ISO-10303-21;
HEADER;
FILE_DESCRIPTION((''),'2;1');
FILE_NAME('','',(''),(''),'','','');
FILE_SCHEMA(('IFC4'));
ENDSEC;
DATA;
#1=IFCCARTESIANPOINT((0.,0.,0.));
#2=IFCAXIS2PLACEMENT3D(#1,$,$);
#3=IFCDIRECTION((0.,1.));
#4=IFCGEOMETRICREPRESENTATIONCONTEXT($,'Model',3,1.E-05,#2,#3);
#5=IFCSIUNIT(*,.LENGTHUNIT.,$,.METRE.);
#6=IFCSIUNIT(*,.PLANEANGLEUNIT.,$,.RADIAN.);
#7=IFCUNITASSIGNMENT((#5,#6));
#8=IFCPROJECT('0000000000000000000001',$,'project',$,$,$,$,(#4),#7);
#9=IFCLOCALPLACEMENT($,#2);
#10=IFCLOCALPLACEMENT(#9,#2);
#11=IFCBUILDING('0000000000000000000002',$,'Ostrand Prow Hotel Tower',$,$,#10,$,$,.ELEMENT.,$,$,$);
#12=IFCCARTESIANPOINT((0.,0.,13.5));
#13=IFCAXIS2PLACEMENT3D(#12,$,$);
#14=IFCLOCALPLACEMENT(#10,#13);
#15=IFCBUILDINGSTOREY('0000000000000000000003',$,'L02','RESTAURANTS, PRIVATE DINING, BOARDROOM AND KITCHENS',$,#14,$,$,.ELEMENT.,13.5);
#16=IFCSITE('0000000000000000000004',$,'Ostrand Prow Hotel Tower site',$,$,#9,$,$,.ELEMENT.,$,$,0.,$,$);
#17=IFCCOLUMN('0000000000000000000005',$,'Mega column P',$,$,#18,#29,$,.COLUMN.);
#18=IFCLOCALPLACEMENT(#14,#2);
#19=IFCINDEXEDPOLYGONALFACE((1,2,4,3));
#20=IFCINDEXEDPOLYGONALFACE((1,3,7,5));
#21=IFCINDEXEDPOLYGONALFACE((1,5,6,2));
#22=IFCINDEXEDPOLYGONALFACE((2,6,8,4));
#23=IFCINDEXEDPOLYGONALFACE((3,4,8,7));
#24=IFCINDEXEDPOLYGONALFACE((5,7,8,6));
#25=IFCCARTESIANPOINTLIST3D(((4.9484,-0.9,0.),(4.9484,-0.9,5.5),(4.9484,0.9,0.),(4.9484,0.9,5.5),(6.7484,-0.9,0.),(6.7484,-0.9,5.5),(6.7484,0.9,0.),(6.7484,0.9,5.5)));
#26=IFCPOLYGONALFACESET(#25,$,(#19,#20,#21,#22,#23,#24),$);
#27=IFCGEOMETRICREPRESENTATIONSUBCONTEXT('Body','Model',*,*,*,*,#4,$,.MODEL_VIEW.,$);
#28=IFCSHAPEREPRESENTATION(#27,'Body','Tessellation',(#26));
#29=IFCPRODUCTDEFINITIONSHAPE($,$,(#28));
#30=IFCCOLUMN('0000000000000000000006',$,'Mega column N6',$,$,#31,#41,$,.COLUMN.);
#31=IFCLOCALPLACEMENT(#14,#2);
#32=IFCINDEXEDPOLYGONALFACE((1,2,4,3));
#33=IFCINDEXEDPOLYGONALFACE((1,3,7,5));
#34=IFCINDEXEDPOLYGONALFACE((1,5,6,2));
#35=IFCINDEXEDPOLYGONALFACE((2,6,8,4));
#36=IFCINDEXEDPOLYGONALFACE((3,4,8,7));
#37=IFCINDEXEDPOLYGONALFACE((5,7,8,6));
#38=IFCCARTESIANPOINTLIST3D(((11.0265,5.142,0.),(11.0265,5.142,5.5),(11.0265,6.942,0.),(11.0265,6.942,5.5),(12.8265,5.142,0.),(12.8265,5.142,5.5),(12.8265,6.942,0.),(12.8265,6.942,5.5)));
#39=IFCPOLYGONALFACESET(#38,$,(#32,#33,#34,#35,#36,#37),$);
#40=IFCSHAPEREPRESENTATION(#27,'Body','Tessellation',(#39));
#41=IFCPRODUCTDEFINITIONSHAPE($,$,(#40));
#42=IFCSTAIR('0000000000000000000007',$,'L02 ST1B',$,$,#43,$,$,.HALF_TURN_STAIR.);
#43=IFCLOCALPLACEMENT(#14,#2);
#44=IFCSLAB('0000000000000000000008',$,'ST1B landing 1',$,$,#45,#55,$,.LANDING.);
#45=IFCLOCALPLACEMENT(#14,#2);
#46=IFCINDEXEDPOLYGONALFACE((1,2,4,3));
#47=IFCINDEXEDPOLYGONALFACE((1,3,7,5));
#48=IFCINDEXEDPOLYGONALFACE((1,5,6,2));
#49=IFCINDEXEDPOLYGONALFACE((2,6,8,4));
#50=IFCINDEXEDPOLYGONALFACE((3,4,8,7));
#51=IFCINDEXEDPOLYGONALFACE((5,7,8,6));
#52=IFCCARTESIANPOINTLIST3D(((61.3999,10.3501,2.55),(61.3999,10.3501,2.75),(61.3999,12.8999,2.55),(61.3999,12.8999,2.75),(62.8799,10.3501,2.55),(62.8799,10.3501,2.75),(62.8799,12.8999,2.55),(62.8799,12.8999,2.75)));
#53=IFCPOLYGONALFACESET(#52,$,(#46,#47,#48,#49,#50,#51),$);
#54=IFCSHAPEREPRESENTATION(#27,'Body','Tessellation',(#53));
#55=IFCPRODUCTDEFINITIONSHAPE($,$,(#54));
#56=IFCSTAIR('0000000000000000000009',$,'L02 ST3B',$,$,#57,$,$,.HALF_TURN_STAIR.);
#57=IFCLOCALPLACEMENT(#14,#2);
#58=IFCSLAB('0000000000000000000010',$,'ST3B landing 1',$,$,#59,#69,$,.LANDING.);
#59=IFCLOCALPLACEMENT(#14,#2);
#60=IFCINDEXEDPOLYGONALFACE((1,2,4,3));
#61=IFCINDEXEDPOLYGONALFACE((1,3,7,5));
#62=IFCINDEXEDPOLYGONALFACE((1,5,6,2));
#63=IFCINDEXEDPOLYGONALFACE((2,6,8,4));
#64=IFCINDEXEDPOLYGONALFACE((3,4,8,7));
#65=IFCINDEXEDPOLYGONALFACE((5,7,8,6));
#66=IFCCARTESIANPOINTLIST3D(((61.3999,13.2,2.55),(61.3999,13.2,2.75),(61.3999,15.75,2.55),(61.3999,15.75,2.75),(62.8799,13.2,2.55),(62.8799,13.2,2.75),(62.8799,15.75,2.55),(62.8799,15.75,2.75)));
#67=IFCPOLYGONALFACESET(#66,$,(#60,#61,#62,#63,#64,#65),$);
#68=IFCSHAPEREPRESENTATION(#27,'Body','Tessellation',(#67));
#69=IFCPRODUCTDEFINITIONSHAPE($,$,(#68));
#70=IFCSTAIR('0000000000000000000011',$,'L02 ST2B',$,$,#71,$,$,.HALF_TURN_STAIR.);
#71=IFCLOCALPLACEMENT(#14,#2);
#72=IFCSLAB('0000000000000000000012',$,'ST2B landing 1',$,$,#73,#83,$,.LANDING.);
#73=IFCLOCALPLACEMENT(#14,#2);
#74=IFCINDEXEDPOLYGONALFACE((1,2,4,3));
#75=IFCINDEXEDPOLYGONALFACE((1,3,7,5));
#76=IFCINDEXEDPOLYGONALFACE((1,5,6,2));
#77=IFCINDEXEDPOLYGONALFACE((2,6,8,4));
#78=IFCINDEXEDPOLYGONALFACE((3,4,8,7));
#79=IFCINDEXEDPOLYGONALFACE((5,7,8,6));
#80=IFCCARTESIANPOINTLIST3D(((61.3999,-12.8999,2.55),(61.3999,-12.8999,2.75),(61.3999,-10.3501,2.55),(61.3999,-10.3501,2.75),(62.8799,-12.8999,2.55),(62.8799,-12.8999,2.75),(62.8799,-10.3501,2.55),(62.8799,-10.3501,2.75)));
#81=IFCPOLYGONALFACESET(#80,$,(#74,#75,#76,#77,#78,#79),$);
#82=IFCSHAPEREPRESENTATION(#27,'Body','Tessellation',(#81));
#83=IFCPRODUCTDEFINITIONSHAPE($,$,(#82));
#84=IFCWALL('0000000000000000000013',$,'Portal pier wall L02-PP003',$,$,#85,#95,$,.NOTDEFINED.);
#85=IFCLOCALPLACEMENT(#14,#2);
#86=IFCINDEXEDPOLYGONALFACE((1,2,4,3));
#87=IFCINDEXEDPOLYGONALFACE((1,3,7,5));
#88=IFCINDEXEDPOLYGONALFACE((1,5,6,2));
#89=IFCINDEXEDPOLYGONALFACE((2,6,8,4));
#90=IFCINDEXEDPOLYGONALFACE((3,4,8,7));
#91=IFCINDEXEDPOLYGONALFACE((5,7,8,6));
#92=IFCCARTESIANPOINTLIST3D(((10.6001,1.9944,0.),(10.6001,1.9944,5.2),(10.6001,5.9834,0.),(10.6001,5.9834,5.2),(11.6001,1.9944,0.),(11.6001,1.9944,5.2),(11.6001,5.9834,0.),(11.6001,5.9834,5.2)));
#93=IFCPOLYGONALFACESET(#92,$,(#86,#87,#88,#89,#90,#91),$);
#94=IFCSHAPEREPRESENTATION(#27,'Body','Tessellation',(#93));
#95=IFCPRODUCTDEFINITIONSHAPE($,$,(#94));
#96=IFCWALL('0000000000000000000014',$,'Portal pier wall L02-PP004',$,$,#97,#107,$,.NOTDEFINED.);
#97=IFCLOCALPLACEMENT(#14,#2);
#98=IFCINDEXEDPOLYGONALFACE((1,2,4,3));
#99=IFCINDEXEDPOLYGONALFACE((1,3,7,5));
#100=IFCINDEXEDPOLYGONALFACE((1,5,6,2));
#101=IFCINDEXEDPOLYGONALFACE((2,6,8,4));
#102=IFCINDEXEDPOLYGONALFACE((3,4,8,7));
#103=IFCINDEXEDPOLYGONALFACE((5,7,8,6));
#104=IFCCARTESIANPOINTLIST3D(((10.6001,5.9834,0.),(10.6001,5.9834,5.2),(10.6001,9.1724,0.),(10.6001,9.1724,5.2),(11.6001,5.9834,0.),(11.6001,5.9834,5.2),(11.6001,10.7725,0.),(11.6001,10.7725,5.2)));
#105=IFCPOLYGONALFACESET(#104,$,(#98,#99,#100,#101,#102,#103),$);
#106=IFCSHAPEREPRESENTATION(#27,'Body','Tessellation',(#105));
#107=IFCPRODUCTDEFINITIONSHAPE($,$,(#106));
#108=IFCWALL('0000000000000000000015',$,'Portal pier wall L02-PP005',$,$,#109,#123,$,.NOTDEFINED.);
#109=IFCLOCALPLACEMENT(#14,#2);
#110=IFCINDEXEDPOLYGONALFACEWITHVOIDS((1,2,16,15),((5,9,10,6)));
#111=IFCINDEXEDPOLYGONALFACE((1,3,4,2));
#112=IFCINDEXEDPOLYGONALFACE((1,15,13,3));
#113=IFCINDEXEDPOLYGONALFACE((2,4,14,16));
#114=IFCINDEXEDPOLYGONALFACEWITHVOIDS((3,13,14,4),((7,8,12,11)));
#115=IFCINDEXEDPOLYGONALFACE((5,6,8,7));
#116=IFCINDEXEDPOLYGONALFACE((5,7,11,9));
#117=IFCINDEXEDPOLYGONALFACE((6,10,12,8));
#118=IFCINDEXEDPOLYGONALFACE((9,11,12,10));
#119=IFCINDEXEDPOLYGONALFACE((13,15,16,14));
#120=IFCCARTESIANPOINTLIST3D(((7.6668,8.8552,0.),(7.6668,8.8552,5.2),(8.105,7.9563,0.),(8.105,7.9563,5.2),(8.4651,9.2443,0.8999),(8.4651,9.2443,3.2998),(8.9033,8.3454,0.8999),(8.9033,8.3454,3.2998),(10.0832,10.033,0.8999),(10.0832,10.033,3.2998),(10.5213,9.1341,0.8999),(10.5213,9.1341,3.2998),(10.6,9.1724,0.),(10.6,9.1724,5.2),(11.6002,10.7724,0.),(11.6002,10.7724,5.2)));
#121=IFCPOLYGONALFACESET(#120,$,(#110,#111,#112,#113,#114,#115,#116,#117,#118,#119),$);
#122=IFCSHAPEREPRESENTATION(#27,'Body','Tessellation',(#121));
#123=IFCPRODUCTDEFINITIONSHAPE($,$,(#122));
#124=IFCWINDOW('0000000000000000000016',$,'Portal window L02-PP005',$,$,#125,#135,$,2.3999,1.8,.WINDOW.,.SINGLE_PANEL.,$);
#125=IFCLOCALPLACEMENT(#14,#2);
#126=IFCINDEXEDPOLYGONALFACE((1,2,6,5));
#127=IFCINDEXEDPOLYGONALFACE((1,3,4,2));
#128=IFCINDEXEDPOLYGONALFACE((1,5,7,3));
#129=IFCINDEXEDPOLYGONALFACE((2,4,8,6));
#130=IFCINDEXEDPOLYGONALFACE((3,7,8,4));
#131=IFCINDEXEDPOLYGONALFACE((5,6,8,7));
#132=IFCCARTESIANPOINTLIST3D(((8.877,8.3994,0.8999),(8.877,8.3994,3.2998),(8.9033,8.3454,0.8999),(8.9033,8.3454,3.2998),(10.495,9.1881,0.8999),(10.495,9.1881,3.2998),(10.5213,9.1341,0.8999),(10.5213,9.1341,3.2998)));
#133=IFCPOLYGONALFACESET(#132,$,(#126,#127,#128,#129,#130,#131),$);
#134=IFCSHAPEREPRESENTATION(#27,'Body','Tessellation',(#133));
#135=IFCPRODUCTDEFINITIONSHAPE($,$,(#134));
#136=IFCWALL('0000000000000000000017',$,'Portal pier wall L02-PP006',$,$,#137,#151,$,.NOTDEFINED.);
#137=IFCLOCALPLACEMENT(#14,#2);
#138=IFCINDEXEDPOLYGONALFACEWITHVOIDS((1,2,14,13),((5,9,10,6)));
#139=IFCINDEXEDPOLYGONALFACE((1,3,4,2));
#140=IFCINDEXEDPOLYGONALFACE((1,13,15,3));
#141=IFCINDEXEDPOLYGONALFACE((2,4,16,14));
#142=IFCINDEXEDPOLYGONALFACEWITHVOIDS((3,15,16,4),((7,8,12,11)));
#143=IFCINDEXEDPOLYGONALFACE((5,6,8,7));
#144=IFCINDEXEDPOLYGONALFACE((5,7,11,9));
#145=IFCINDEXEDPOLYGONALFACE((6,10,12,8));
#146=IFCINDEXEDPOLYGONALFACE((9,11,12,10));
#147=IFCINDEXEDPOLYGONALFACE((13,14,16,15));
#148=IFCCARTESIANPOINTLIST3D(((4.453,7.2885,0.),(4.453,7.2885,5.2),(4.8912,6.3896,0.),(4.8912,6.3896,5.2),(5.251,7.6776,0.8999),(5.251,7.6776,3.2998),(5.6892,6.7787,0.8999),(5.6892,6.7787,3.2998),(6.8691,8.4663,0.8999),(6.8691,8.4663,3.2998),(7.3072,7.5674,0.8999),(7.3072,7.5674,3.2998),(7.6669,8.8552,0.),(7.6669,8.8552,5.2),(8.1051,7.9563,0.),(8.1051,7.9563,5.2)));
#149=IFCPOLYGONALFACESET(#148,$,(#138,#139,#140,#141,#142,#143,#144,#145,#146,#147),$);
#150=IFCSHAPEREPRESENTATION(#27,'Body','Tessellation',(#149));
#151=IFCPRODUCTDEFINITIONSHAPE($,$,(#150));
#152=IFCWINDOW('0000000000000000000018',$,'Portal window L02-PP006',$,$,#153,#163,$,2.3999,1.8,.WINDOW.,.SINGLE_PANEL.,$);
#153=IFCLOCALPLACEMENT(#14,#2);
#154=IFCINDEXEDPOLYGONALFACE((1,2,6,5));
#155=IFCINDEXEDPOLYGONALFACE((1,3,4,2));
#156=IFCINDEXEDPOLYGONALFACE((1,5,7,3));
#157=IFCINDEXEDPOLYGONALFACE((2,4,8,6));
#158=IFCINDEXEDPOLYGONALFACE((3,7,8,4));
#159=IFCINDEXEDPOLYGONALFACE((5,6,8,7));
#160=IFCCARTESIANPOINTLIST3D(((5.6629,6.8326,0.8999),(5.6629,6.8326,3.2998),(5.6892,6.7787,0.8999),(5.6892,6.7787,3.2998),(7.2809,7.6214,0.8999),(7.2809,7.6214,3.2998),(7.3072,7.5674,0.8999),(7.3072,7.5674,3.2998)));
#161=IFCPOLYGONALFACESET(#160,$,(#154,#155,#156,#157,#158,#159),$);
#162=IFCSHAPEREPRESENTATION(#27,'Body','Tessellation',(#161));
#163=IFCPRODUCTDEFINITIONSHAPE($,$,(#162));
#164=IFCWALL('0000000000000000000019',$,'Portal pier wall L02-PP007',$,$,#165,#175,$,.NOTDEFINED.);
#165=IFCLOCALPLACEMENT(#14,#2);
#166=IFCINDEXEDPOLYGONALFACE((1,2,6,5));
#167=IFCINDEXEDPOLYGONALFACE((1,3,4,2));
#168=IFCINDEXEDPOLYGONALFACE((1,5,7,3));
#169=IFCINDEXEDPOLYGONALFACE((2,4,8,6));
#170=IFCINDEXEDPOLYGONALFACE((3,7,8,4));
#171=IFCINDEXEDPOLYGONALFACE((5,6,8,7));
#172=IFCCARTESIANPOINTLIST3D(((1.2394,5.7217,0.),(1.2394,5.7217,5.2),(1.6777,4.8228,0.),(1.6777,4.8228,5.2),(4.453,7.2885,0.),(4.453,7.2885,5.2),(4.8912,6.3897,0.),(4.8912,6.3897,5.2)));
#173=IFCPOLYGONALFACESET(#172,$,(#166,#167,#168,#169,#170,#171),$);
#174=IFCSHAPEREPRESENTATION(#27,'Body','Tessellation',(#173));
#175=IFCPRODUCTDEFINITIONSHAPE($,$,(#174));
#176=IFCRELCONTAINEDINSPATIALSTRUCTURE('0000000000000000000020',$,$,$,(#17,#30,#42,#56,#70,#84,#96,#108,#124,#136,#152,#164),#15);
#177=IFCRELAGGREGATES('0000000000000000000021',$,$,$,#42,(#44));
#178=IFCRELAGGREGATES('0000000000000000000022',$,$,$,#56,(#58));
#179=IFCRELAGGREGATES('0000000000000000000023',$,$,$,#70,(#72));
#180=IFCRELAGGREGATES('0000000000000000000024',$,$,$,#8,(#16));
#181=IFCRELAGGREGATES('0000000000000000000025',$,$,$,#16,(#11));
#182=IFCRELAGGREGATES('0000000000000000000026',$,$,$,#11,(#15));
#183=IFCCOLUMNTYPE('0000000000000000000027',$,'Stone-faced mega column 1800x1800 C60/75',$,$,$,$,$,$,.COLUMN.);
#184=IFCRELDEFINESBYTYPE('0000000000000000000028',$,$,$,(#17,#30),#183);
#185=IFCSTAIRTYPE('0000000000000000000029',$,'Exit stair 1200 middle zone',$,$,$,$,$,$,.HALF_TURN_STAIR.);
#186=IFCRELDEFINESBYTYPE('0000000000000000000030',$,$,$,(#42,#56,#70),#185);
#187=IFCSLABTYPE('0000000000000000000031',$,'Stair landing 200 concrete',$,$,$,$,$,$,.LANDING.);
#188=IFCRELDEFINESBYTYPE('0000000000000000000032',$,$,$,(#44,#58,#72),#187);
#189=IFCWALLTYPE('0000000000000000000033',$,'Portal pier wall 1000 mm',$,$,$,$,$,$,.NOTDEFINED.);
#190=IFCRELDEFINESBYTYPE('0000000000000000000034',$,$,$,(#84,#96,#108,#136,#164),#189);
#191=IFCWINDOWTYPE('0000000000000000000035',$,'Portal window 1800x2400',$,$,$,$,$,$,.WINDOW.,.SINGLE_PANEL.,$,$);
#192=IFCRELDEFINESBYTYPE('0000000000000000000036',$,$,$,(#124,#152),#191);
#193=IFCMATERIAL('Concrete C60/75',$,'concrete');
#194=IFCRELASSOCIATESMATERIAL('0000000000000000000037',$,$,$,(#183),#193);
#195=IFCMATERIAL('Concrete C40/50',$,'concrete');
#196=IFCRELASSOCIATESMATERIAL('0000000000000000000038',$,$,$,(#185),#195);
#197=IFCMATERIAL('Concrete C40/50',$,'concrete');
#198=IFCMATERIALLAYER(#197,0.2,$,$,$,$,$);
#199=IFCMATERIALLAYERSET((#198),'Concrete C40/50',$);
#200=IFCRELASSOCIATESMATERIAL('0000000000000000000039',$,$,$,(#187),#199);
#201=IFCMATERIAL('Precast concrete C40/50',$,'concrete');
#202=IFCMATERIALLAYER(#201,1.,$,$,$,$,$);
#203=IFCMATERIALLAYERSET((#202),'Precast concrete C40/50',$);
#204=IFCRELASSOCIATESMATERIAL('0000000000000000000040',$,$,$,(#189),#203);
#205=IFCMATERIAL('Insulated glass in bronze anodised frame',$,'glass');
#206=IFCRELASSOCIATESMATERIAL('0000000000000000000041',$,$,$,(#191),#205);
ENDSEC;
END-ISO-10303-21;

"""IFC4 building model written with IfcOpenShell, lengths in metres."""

from ifc_helpers import new_model, si_unit, direction, frame, frame_2d, origin, origin_2d, place, context, subcontext, project, spatial, polyline, rectangle, outline, extrude, material, layer, layer_set, material_profile, profile_set, type_object, element, fill, aggregate, save


model = new_model("IFC4")

# Units and contexts
model_context = context("Model", 3, precision=1e-05, world=origin(), true_north=direction((0.0, 1.0)))
body_context = subcontext(model_context, "Body", "Model", "MODEL_VIEW")
ifc_project = project(units=[si_unit("LENGTHUNIT", "METRE"), si_unit("PLANEANGLEUNIT", "RADIAN")], contexts=[model_context])

# Site, building, storey
site_placement = place(None, origin())
site = spatial("IfcSite", under=ifc_project, at=site_placement, Name="Ostrand Prow Hotel Tower site", CompositionType="ELEMENT", RefElevation=0.0)
building_placement = place(site_placement, origin())
building = spatial("IfcBuilding", under=site, at=building_placement, Name="Ostrand Prow Hotel Tower", CompositionType="ELEMENT")
storey_placement = place(building_placement, frame((0.0, 0.0, 13.5)))
storey = spatial("IfcBuildingStorey", under=building, at=storey_placement, Name="L02", Description="RESTAURANTS, PRIVATE DINING, BOARDROOM AND KITCHENS", CompositionType="ELEMENT", Elevation=13.5)

# Columns
ifc_material_1 = material(Name="Concrete C60/75", Category="concrete")
ifc_material_profile = material_profile(ifc_material_1, rectangle(XDim=1.8, YDim=1.8, at=origin_2d()), Name="RC 1800x1800")
ifc_profile_set = profile_set([ifc_material_profile], Name="Concrete C60/75")
column_type = type_object("IfcColumnType", Name="Stone-faced mega column 1800x1800 C60/75", PredefinedType="COLUMN", material=ifc_profile_set)
for number, where, z_axis, x_axis, name in (
    (1, (5.8484, 0.0, 0.0), (0.0, 0.0, 1.0), (1.0, 0.0, 0.0), "Mega column P"),
    (2, (11.9265, 6.042, 0.0), (0.0, 0.0, 1.0), (1.0, 0.0, 0.0), "Mega column N6"),
):
    element("IfcColumn", number, at=place(storey_placement, frame(where, z_axis=z_axis, x_axis=x_axis)), inside=storey, type_object=column_type, Name=name, PredefinedType="COLUMN", context=body_context, shape_type="SweptSolid", body=[
        extrude(rectangle(XDim=1.8, YDim=1.8, at=origin_2d()), origin(), (0.0, 0.0, 1.0), 5.5),
    ])

# Stairs, slabs
ifc_material_2 = material(Name="Concrete C40/50", Category="concrete")
stair_type = type_object("IfcStairType", Name="Exit stair 1200 middle zone", PredefinedType="HALF_TURN_STAIR", material=ifc_material_2)
stair_1_placement = place(storey_placement, origin())
stair_1 = element("IfcStair", 3, at=stair_1_placement, inside=storey, type_object=stair_type, Name="L02 ST1B", PredefinedType="HALF_TURN_STAIR")
ifc_material_3 = material(Name="Concrete C40/50", Category="concrete")
ifc_layer_1 = layer(ifc_material_3, 0.2)
ifc_layer_set_1 = layer_set([ifc_layer_1], Name="Concrete C40/50")
slab_type = type_object("IfcSlabType", Name="Stair landing 200 concrete", PredefinedType="LANDING", material=ifc_layer_set_1)
slab_1_placement = place(storey_placement, frame((0.0, 0.0, 2.55)))
slab_1 = element("IfcSlab", 4, at=slab_1_placement, type_object=slab_type, Name="ST1B landing 1", PredefinedType="LANDING", context=body_context, shape_type="SweptSolid", body=[
    extrude(outline(polyline([(61.3999, 10.3501), (62.8799, 10.3501), (62.8799, 12.8999), (61.3999, 12.8999), (61.3999, 10.3501)])), origin(), (0.0, 0.0, 1.0), 0.2),
])
aggregate(stair_1, [slab_1])
stair_2_placement = place(storey_placement, origin())
stair_2 = element("IfcStair", 5, at=stair_2_placement, inside=storey, type_object=stair_type, Name="L02 ST3B", PredefinedType="HALF_TURN_STAIR")
slab_2_placement = place(storey_placement, frame((0.0, 0.0, 2.55)))
slab_2 = element("IfcSlab", 6, at=slab_2_placement, type_object=slab_type, Name="ST3B landing 1", PredefinedType="LANDING", context=body_context, shape_type="SweptSolid", body=[
    extrude(outline(polyline([(61.3999, 13.2), (62.8799, 13.2), (62.8799, 15.75), (61.3999, 15.75), (61.3999, 13.2)])), origin(), (0.0, 0.0, 1.0), 0.2),
])
aggregate(stair_2, [slab_2])
stair_3_placement = place(storey_placement, origin())
stair_3 = element("IfcStair", 7, at=stair_3_placement, inside=storey, type_object=stair_type, Name="L02 ST2B", PredefinedType="HALF_TURN_STAIR")
slab_3_placement = place(storey_placement, frame((0.0, 0.0, 2.55)))
slab_3 = element("IfcSlab", 8, at=slab_3_placement, type_object=slab_type, Name="ST2B landing 1", PredefinedType="LANDING", context=body_context, shape_type="SweptSolid", body=[
    extrude(outline(polyline([(61.3999, -12.8999), (62.8799, -12.8999), (62.8799, -10.3501), (61.3999, -10.3501), (61.3999, -12.8999)])), origin(), (0.0, 0.0, 1.0), 0.2),
])
aggregate(stair_3, [slab_3])

# Walls
ifc_material_4 = material(Name="Precast concrete C40/50", Category="concrete")
ifc_layer_2 = layer(ifc_material_4, 1.0)
ifc_layer_set_2 = layer_set([ifc_layer_2], Name="Precast concrete C40/50")
wall_type = type_object("IfcWallType", Name="Portal pier wall 1000 mm", PredefinedType="NOTDEFINED", material=ifc_layer_set_2)
wall_1_placement = place(storey_placement, frame((11.1001, 1.9944, 0.0), z_axis=(0.0, 0.0, 1.0), x_axis=(0.0, 1.0, 0.0)))
element("IfcWall", 9, at=wall_1_placement, inside=storey, type_object=wall_type, Name="Portal pier wall L02-PP003", PredefinedType="NOTDEFINED", context=body_context, shape_type="SweptSolid", body=[
    extrude(outline(polyline([(0.0, -0.5), (3.989, -0.5), (3.989, 0.5), (0.0, 0.5), (0.0, -0.5)])), origin(), (0.0, 0.0, 1.0), 5.2),
])
wall_2_placement = place(storey_placement, frame((11.1001, 5.9834, 0.0), z_axis=(0.0, 0.0, 1.0), x_axis=(0.0, 1.0, 0.0)))
element("IfcWall", 10, at=wall_2_placement, inside=storey, type_object=wall_type, Name="Portal pier wall L02-PP004", PredefinedType="NOTDEFINED", context=body_context, shape_type="SweptSolid", body=[
    extrude(outline(polyline([(0.0, -0.5), (4.7891, -0.5), (3.189, 0.5), (0.0, 0.5), (0.0, -0.5)])), origin(), (0.0, 0.0, 1.0), 5.2),
])

# Walls, openings, windows
wall_3_placement = place(storey_placement, frame((11.1001, 9.9724, 0.0), z_axis=(0.0, 0.0, 1.0), x_axis=(-0.898902, -0.438151, 0.0)))
wall_3 = element("IfcWall", 11, at=wall_3_placement, inside=storey, type_object=wall_type, Name="Portal pier wall L02-PP005", PredefinedType="NOTDEFINED", context=body_context, shape_type="SweptSolid", body=[
    extrude(outline(polyline([(-0.8, -0.5), (3.5757, -0.5), (3.5757, 0.5), (0.8, 0.5), (-0.8, -0.5)])), origin(), (0.0, 0.0, 1.0), 5.2),
])
opening_1_placement = place(wall_3_placement, frame((0.8877, 0.0, 0.8999)))
opening_1 = element("IfcOpeningElement", 12, at=opening_1_placement, cuts=wall_3, PredefinedType="OPENING", context=body_context, shape_type="SweptSolid", body=[
    extrude(rectangle(XDim=1.8, YDim=2.3999, at=frame_2d((0.8999, 1.2))), frame((0.0, 0.51, 0.0), z_axis=(0.0, -1.0, 0.0), x_axis=(1.0, 0.0, 0.0)), (0.0, 0.0, 1.0), 1.02),
])
ifc_material_5 = material(Name="Insulated glass in bronze anodised frame", Category="glass")
window_type = type_object("IfcWindowType", Name="Portal window 1800x2400", PartitioningType="SINGLE_PANEL", PredefinedType="WINDOW", material=ifc_material_5)
window_1_placement = place(opening_1_placement, origin())
window_1 = element("IfcWindow", 13, at=window_1_placement, inside=storey, type_object=window_type, Name="Portal window L02-PP005", OverallHeight=2.3999, OverallWidth=1.8, PartitioningType="SINGLE_PANEL", PredefinedType="WINDOW", context=body_context, shape_type="SweptSolid", body=[
    extrude(rectangle(XDim=1.8, YDim=2.3999, at=frame_2d((0.8999, 1.2))), frame((0.0, 0.5, 0.0), z_axis=(0.0, -1.0, 0.0), x_axis=(1.0, 0.0, 0.0)), (0.0, 0.0, 1.0), 0.0601),
])
fill(opening_1, window_1)
wall_4_placement = place(storey_placement, frame((7.886, 8.4058, 0.0), z_axis=(0.0, 0.0, 1.0), x_axis=(-0.898889, -0.438177, 0.0)))
wall_4 = element("IfcWall", 14, at=wall_4_placement, inside=storey, type_object=wall_type, Name="Portal pier wall L02-PP006", PredefinedType="NOTDEFINED", context=body_context, shape_type="SweptSolid", body=[
    extrude(outline(polyline([(0.0, -0.5), (3.5754, -0.5), (3.5754, 0.5), (0.0, 0.5), (0.0, -0.5)])), origin(), (0.0, 0.0, 1.0), 5.2),
])
opening_2_placement = place(wall_4_placement, frame((0.8877, 0.0, 0.8999)))
opening_2 = element("IfcOpeningElement", 15, at=opening_2_placement, cuts=wall_4, PredefinedType="OPENING", context=body_context, shape_type="SweptSolid", body=[
    extrude(rectangle(XDim=1.8, YDim=2.3999, at=frame_2d((0.8999, 1.2))), frame((0.0, 0.51, 0.0), z_axis=(0.0, -1.0, 0.0), x_axis=(1.0, 0.0, 0.0)), (0.0, 0.0, 1.0), 1.02),
])
window_2_placement = place(opening_2_placement, origin())
window_2 = element("IfcWindow", 16, at=window_2_placement, inside=storey, type_object=window_type, Name="Portal window L02-PP006", OverallHeight=2.3999, OverallWidth=1.8, PartitioningType="SINGLE_PANEL", PredefinedType="WINDOW", context=body_context, shape_type="SweptSolid", body=[
    extrude(rectangle(XDim=1.8, YDim=2.3999, at=frame_2d((0.8999, 1.2))), frame((0.0, 0.5, 0.0), z_axis=(0.0, -1.0, 0.0), x_axis=(1.0, 0.0, 0.0)), (0.0, 0.0, 1.0), 0.0601),
])
fill(opening_2, window_2)

# Wall
wall_5_placement = place(storey_placement, frame((4.6721, 6.8391, 0.0), z_axis=(0.0, 0.0, 1.0), x_axis=(-0.898848, -0.438259, 0.0)))
element("IfcWall", 17, at=wall_5_placement, inside=storey, type_object=wall_type, Name="Portal pier wall L02-PP007", PredefinedType="NOTDEFINED", context=body_context, shape_type="SweptSolid", body=[
    extrude(outline(polyline([(0.0, -0.5), (3.5752, -0.5), (3.5752, 0.5), (0.0, 0.5), (0.0, -0.5)])), origin(), (0.0, 0.0, 1.0), 5.2),
])

save(model, "model.ifc")
